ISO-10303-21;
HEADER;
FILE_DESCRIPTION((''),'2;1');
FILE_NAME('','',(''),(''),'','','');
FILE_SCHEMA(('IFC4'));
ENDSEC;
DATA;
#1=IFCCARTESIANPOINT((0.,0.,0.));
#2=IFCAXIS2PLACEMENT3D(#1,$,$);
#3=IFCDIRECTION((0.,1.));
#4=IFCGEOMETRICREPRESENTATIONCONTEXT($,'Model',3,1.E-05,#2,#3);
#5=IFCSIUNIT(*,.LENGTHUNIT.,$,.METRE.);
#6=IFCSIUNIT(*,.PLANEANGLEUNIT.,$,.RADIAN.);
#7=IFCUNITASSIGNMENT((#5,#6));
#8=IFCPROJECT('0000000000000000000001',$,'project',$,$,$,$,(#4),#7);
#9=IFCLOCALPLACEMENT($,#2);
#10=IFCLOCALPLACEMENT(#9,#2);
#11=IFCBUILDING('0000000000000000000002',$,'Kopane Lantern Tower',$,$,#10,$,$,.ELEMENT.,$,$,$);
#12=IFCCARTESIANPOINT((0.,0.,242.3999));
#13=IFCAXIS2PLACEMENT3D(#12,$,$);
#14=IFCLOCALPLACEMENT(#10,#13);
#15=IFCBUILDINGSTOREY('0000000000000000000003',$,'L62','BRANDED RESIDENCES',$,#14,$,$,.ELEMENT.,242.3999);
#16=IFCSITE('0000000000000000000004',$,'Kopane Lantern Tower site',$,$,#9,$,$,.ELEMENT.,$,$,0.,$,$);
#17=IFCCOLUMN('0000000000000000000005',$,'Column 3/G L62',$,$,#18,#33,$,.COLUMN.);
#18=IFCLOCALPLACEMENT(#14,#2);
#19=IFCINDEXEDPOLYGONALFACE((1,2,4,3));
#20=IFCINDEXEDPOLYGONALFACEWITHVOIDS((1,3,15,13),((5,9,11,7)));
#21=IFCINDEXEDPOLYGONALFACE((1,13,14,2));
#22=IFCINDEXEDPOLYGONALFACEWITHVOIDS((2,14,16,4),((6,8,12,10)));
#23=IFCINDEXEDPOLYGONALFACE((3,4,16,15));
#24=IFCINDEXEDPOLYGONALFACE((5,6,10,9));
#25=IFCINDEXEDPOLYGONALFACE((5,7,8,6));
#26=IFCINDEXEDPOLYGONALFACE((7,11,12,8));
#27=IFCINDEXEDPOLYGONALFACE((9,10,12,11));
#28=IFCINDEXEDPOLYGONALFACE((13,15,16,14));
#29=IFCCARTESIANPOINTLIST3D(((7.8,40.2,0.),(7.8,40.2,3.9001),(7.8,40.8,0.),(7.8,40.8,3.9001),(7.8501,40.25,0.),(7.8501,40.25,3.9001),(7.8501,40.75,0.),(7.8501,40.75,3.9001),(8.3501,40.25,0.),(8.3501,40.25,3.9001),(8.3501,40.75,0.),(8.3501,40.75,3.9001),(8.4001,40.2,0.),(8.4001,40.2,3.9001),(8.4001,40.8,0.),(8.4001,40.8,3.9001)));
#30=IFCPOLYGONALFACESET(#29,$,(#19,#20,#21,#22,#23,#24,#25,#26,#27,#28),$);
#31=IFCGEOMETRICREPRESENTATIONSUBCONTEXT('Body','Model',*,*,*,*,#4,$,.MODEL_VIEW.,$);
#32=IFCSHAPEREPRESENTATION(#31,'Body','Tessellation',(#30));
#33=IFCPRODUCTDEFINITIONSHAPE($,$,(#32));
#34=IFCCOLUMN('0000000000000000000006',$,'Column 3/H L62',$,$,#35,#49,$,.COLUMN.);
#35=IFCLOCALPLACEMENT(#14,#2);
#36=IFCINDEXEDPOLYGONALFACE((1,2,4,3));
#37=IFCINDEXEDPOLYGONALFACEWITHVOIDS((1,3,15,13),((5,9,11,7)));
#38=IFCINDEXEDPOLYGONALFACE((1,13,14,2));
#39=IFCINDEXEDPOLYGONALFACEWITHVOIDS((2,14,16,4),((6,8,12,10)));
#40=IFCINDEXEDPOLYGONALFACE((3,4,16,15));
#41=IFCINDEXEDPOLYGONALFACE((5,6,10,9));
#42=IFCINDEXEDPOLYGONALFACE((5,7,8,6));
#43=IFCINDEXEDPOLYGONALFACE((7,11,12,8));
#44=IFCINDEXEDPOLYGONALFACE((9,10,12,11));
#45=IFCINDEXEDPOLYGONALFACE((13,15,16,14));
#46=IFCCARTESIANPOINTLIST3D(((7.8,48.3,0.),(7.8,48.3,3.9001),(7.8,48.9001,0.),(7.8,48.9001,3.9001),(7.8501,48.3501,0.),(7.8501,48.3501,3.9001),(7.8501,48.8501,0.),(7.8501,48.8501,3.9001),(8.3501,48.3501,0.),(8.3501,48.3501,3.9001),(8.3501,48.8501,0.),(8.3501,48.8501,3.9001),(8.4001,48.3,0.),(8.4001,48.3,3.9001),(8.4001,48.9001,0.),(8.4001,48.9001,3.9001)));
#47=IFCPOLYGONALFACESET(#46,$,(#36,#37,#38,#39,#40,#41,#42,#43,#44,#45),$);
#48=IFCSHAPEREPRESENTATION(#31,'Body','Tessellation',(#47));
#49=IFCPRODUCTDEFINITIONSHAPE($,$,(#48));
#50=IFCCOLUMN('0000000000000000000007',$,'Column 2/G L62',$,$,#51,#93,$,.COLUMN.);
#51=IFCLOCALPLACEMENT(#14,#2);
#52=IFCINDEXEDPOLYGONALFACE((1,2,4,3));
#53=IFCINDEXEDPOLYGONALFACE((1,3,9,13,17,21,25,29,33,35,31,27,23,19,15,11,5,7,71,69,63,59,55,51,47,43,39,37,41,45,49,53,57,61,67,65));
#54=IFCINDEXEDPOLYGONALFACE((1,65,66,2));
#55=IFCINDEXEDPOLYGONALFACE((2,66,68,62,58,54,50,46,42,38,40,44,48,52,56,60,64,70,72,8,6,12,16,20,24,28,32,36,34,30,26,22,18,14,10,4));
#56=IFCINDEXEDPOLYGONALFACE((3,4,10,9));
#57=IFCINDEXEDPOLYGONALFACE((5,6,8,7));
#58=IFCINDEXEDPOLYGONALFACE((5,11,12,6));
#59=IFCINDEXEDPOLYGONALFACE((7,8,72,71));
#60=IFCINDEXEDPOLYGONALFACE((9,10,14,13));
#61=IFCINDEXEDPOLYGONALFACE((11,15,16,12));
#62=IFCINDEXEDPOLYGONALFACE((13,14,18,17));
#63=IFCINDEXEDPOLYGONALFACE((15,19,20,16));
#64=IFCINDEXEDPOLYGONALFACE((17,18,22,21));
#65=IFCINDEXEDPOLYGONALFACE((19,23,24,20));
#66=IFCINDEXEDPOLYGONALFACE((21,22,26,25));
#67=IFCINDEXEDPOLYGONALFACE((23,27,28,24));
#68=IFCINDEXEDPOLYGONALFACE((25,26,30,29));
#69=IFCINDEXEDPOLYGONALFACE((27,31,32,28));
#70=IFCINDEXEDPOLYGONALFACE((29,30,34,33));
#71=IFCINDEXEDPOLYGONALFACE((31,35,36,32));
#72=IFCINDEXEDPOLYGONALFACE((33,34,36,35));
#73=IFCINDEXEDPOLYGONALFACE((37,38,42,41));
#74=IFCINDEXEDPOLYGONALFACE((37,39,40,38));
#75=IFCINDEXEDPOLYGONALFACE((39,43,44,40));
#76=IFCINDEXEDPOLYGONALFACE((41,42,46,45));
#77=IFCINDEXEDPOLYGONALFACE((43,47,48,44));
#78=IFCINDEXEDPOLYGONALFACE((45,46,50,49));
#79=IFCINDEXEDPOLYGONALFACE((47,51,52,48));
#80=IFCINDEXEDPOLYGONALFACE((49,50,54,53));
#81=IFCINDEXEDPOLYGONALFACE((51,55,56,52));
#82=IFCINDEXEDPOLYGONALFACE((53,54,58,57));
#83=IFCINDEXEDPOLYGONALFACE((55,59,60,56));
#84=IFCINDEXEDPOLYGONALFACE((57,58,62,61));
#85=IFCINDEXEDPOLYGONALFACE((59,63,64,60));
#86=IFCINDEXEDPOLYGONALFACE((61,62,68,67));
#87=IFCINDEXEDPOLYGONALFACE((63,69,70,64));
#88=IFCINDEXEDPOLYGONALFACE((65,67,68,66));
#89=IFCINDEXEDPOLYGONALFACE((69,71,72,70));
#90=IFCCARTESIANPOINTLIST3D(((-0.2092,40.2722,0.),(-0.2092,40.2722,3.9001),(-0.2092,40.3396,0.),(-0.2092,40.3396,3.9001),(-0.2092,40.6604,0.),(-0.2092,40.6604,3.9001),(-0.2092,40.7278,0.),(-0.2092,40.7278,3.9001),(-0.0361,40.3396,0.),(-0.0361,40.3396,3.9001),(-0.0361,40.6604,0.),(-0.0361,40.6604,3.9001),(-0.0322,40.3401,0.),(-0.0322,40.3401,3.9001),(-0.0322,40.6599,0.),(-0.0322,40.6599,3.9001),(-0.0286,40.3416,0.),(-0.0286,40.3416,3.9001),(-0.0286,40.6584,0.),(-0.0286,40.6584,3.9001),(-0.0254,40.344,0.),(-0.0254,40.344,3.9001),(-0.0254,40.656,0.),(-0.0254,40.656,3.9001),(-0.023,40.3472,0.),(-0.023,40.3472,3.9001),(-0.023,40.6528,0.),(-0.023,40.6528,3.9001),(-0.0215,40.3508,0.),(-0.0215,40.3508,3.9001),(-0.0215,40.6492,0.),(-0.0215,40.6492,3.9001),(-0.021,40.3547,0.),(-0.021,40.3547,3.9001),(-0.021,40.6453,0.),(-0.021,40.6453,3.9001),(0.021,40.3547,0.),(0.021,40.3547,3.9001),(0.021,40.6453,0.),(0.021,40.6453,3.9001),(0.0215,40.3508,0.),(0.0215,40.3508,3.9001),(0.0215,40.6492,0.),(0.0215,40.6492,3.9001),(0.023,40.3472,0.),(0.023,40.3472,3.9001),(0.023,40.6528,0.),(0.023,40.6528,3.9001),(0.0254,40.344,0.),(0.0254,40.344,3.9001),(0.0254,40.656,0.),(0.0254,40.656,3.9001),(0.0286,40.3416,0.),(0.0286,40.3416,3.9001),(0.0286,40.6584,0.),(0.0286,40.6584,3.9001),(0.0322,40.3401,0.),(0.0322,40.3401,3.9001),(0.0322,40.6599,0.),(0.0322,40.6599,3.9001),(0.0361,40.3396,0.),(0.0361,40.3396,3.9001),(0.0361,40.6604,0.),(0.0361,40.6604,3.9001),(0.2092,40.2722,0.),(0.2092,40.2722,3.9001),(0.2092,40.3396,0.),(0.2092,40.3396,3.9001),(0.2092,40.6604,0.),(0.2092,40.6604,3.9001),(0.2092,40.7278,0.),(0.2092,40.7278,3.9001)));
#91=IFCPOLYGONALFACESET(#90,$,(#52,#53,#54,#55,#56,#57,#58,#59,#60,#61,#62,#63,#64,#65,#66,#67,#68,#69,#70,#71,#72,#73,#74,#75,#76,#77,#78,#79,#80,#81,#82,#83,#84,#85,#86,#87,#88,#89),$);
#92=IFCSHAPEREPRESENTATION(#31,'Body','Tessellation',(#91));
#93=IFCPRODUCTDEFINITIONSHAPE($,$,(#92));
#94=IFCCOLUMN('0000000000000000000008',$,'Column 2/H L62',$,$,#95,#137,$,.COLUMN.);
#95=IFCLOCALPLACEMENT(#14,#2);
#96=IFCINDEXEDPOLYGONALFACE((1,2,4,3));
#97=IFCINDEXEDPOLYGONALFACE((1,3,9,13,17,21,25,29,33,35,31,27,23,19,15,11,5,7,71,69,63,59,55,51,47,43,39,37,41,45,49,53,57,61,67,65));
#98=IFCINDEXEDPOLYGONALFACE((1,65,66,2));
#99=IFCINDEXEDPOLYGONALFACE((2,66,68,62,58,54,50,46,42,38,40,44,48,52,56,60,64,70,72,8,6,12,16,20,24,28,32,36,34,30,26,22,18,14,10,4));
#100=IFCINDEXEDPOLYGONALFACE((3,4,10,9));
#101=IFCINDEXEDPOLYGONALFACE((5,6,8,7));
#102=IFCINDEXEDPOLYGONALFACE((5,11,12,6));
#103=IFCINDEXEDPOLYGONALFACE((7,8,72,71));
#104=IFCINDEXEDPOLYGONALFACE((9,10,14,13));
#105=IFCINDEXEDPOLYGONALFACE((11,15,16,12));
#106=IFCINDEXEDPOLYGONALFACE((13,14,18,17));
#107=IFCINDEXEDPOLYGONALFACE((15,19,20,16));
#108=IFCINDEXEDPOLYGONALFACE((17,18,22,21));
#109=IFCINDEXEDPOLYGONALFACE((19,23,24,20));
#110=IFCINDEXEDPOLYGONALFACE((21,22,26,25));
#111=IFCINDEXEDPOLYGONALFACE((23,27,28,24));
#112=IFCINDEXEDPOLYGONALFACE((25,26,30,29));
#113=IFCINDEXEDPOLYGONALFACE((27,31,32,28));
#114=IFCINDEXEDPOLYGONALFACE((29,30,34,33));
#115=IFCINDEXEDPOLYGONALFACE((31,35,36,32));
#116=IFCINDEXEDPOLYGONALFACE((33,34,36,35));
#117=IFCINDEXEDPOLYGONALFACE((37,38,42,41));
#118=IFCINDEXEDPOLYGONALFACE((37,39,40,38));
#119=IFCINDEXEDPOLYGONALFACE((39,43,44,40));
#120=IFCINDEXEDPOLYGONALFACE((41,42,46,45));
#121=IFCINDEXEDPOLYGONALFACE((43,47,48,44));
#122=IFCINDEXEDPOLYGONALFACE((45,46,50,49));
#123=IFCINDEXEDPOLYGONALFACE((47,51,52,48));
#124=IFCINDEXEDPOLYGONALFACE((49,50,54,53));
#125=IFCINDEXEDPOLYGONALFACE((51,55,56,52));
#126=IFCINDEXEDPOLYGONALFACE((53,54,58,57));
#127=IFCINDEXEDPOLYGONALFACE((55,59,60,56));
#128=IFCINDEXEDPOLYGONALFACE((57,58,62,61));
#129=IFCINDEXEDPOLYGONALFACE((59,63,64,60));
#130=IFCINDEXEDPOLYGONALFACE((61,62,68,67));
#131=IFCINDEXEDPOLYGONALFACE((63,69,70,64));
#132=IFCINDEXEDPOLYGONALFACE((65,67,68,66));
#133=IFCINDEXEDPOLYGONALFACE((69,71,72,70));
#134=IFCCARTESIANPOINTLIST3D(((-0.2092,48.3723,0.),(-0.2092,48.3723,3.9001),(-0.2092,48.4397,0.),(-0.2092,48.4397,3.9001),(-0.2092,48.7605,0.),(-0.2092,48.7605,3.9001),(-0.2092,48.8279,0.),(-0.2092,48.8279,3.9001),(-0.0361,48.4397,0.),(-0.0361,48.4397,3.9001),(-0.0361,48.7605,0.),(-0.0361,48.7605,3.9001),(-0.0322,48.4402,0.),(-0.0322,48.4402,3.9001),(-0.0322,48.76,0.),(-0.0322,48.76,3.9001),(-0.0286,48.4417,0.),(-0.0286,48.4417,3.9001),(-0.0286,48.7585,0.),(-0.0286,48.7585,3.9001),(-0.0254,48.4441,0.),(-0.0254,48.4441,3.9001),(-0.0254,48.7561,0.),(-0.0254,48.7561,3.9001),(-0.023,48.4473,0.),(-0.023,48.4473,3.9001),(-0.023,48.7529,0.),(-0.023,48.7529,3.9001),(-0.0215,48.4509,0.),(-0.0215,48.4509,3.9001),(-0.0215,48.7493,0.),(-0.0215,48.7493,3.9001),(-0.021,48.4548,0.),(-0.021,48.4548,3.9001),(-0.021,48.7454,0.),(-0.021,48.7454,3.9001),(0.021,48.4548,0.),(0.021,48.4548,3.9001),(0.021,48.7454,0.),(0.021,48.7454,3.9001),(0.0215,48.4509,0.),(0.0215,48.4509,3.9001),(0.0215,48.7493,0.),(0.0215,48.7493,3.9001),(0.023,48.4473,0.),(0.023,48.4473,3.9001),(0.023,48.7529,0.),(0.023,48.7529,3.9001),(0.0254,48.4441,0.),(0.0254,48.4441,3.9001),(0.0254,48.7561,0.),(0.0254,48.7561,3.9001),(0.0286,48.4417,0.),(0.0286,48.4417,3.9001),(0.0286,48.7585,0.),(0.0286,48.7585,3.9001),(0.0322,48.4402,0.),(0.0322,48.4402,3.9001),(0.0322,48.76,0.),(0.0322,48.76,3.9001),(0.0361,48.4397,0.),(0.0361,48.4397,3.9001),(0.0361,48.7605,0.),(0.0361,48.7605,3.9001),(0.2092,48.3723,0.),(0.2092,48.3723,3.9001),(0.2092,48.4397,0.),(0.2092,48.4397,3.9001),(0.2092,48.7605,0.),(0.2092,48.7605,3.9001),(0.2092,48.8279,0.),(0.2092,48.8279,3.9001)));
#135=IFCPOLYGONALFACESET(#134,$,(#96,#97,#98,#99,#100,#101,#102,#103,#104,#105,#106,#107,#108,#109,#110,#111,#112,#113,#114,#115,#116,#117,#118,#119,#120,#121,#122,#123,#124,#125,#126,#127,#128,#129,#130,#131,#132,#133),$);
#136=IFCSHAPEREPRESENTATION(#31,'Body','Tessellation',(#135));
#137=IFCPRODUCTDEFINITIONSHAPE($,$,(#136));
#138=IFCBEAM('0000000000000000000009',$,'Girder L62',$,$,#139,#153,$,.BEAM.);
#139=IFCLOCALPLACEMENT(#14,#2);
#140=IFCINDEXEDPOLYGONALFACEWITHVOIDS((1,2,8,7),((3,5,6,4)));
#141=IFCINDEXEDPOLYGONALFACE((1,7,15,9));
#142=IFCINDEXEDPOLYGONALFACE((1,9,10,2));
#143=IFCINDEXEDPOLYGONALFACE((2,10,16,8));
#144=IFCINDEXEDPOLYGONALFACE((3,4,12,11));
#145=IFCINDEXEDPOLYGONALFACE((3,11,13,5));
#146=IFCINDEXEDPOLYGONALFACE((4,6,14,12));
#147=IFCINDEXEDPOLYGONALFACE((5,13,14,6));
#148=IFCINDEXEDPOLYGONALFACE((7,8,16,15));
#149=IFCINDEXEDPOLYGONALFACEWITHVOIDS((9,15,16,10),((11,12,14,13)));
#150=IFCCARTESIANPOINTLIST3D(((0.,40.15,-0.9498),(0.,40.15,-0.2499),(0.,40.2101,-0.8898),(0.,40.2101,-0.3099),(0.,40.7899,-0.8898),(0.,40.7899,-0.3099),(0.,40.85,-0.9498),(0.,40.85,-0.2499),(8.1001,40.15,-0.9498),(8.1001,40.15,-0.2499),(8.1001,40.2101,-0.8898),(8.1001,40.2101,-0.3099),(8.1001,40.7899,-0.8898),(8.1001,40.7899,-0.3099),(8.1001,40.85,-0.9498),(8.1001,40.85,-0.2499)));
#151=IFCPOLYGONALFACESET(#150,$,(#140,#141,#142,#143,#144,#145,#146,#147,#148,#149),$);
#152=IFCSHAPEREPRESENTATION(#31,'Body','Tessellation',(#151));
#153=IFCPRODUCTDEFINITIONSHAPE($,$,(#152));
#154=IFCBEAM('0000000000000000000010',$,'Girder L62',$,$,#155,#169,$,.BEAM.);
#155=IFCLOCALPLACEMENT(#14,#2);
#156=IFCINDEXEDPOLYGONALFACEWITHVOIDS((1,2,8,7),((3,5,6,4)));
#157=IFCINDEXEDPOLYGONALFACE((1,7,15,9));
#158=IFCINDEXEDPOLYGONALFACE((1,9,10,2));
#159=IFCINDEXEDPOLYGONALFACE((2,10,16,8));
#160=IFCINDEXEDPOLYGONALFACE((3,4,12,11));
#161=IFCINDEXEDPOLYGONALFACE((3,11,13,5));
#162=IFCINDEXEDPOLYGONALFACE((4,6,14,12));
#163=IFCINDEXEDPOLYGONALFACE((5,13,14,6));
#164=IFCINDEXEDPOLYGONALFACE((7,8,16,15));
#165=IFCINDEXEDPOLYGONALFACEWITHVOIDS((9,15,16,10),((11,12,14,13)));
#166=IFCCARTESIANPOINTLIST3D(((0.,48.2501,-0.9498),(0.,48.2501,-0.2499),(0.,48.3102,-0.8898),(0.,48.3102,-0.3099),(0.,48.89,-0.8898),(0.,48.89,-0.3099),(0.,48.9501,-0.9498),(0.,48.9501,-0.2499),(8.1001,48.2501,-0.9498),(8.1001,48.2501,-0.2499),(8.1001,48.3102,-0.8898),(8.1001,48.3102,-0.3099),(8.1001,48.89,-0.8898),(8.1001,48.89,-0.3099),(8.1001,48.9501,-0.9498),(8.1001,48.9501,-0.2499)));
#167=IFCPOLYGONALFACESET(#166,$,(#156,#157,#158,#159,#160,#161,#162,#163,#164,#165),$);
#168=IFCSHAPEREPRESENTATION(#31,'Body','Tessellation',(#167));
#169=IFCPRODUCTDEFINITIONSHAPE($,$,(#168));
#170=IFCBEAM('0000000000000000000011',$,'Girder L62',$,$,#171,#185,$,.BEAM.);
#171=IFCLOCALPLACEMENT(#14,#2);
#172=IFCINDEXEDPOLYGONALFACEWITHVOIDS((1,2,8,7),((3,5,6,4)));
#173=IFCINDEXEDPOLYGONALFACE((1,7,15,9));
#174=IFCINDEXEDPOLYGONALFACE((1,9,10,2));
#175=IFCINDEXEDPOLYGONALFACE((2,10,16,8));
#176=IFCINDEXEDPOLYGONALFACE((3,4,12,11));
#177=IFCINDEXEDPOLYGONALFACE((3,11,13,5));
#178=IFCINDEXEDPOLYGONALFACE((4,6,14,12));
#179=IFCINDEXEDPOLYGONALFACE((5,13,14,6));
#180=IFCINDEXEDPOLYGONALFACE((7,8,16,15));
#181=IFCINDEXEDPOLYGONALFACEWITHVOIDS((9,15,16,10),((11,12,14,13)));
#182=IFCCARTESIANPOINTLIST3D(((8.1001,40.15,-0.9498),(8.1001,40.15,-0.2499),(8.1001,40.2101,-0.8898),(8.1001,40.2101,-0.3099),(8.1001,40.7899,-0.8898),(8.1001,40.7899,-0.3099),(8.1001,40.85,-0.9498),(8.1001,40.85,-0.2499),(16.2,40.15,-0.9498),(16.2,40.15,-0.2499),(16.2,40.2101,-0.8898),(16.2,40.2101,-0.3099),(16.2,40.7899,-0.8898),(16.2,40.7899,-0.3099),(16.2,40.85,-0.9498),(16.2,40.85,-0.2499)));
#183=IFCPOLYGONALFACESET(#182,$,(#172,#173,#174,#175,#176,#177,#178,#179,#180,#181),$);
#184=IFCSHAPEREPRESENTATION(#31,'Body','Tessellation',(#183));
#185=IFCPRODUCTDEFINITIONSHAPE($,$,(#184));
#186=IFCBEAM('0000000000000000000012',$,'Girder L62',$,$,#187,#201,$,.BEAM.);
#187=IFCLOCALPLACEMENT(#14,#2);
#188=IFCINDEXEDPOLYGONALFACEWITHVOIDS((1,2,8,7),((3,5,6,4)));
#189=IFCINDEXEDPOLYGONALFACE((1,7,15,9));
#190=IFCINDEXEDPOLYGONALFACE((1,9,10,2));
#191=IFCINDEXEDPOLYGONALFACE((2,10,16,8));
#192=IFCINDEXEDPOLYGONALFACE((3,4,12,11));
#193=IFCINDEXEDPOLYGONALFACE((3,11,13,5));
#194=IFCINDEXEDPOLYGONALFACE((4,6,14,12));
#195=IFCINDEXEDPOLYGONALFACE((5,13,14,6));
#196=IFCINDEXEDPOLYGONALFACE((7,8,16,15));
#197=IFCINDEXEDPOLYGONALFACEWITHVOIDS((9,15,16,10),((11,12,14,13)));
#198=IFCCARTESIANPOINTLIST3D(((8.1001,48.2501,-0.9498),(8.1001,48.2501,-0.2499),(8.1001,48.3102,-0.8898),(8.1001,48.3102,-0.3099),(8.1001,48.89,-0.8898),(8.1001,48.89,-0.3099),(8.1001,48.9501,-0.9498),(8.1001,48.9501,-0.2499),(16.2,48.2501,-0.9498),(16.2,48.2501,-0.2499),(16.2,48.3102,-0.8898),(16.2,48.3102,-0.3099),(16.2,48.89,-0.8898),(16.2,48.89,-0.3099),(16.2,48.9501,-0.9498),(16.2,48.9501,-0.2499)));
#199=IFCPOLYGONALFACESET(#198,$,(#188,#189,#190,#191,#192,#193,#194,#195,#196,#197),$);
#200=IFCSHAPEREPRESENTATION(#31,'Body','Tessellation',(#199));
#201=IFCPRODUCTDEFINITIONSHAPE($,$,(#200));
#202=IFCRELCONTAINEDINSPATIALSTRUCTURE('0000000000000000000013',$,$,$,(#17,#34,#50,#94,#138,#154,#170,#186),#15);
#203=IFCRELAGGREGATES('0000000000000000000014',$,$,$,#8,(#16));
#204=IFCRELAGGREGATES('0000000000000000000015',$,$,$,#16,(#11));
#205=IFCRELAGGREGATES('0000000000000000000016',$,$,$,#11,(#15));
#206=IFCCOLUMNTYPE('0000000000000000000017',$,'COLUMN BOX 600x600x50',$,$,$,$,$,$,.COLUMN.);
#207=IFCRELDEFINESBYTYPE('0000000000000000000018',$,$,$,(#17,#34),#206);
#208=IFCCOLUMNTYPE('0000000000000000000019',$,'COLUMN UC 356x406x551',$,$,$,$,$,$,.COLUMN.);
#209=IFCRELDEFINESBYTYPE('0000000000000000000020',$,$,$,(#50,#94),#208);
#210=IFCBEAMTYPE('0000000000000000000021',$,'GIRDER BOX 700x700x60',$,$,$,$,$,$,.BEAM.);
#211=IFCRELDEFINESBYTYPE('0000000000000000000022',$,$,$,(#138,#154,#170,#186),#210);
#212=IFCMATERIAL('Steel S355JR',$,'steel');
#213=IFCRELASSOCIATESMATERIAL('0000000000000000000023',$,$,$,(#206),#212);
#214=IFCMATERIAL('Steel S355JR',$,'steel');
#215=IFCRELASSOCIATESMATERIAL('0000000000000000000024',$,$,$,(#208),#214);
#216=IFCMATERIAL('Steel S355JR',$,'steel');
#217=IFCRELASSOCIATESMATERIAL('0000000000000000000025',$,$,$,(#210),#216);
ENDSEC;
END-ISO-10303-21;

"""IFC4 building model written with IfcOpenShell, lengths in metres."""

from ifc_helpers import new_model, si_unit, direction, frame, origin, origin_2d, place, context, subcontext, project, spatial, hollow_rectangle, i_section, extrude, material, material_profile, profile_set, type_object, element, save


model = new_model("IFC4")

# Units and contexts
model_context = context("Model", 3, precision=1e-05, world=origin(), true_north=direction((0.0, 1.0)))
body_context = subcontext(model_context, "Body", "Model", "MODEL_VIEW")
ifc_project = project(units=[si_unit("LENGTHUNIT", "METRE"), si_unit("PLANEANGLEUNIT", "RADIAN")], contexts=[model_context])

# Site, building, storey
site_placement = place(None, origin())
site = spatial("IfcSite", under=ifc_project, at=site_placement, Name="Kopane Lantern Tower site", CompositionType="ELEMENT", RefElevation=0.0)
building_placement = place(site_placement, origin())
building = spatial("IfcBuilding", under=site, at=building_placement, Name="Kopane Lantern Tower", CompositionType="ELEMENT")
storey_placement = place(building_placement, frame((0.0, 0.0, 242.3999)))
storey = spatial("IfcBuildingStorey", under=building, at=storey_placement, Name="L62", Description="BRANDED RESIDENCES", CompositionType="ELEMENT", Elevation=242.3999)

# Columns
ifc_material_1 = material(Name="Steel S355JR", Category="steel")
ifc_material_profile_1 = material_profile(ifc_material_1, hollow_rectangle(XDim=0.6001, YDim=0.6001, WallThickness=0.05, at=origin_2d()), Name="BOX 600x600x50")
ifc_profile_set_1 = profile_set([ifc_material_profile_1], Name="Steel S355JR")
column_type_1 = type_object("IfcColumnType", Name="COLUMN BOX 600x600x50", PredefinedType="COLUMN", material=ifc_profile_set_1)
for number, where, z_axis, x_axis, name in (
    (1, (8.1001, 40.5, 0.0), (0.0, 0.0, 1.0), (1.0, 0.0, 0.0), "Column 3/G L62"),
    (2, (8.1001, 48.6001, 0.0), (0.0, 0.0, 1.0), (1.0, 0.0, 0.0), "Column 3/H L62"),
):
    element("IfcColumn", number, at=place(storey_placement, frame(where, z_axis=z_axis, x_axis=x_axis)), inside=storey, type_object=column_type_1, Name=name, PredefinedType="COLUMN", context=body_context, shape_type="SweptSolid", body=[
        extrude(hollow_rectangle(XDim=0.6001, YDim=0.6001, WallThickness=0.05, at=origin_2d()), origin(), (0.0, 0.0, 1.0), 3.9001),
    ])
ifc_material_2 = material(Name="Steel S355JR", Category="steel")
ifc_material_profile_2 = material_profile(ifc_material_2, i_section(OverallWidth=0.4185, OverallDepth=0.4556, WebThickness=0.042, FlangeThickness=0.0674, FilletRadius=0.0151, at=origin_2d()), Name="UC 356x406x551")
ifc_profile_set_2 = profile_set([ifc_material_profile_2], Name="Steel S355JR")
column_type_2 = type_object("IfcColumnType", Name="COLUMN UC 356x406x551", PredefinedType="COLUMN", material=ifc_profile_set_2)
for number, where, z_axis, x_axis, name in (
    (3, (0.0, 40.5, 0.0), (0.0, 0.0, 1.0), (1.0, 0.0, 0.0), "Column 2/G L62"),
    (4, (0.0, 48.6001, 0.0), (0.0, 0.0, 1.0), (1.0, 0.0, 0.0), "Column 2/H L62"),
):
    element("IfcColumn", number, at=place(storey_placement, frame(where, z_axis=z_axis, x_axis=x_axis)), inside=storey, type_object=column_type_2, Name=name, PredefinedType="COLUMN", context=body_context, shape_type="SweptSolid", body=[
        extrude(i_section(OverallWidth=0.4185, OverallDepth=0.4556, WebThickness=0.042, FlangeThickness=0.0674, FilletRadius=0.0151, at=origin_2d()), origin(), (0.0, 0.0, 1.0), 3.9001),
    ])

# Beams
ifc_material_3 = material(Name="Steel S355JR", Category="steel")
ifc_material_profile_3 = material_profile(ifc_material_3, hollow_rectangle(XDim=0.7, YDim=0.7, WallThickness=0.0601, at=origin_2d()), Name="BOX 700x700x60")
ifc_profile_set_3 = profile_set([ifc_material_profile_3], Name="Steel S355JR")
beam_type = type_object("IfcBeamType", Name="GIRDER BOX 700x700x60", PredefinedType="BEAM", material=ifc_profile_set_3)
for number, where, z_axis, x_axis, name in (
    (5, (0.0, 40.5, -0.5999), (1.0, 0.0, 0.0), (0.0, 1.0, 0.0), "Girder L62"),
    (6, (0.0, 48.6001, -0.5999), (1.0, 0.0, 0.0), (0.0, 1.0, 0.0), "Girder L62"),
):
    element("IfcBeam", number, at=place(storey_placement, frame(where, z_axis=z_axis, x_axis=x_axis)), inside=storey, type_object=beam_type, Name=name, PredefinedType="BEAM", context=body_context, shape_type="SweptSolid", body=[
        extrude(hollow_rectangle(XDim=0.7, YDim=0.7, WallThickness=0.0601, at=origin_2d()), origin(), (0.0, 0.0, 1.0), 8.1001),
    ])
for number, where, z_axis, x_axis, name in (
    (7, (8.1001, 40.5, -0.5999), (1.0, 0.0, 0.0), (0.0, 1.0, 0.0), "Girder L62"),
    (8, (8.1001, 48.6001, -0.5999), (1.0, 0.0, 0.0), (0.0, 1.0, 0.0), "Girder L62"),
):
    element("IfcBeam", number, at=place(storey_placement, frame(where, z_axis=z_axis, x_axis=x_axis)), inside=storey, type_object=beam_type, Name=name, PredefinedType="BEAM", context=body_context, shape_type="SweptSolid", body=[
        extrude(hollow_rectangle(XDim=0.7, YDim=0.7, WallThickness=0.0601, at=origin_2d()), origin(), (0.0, 0.0, 1.0), 8.0999),
    ])

save(model, "model.ifc")
